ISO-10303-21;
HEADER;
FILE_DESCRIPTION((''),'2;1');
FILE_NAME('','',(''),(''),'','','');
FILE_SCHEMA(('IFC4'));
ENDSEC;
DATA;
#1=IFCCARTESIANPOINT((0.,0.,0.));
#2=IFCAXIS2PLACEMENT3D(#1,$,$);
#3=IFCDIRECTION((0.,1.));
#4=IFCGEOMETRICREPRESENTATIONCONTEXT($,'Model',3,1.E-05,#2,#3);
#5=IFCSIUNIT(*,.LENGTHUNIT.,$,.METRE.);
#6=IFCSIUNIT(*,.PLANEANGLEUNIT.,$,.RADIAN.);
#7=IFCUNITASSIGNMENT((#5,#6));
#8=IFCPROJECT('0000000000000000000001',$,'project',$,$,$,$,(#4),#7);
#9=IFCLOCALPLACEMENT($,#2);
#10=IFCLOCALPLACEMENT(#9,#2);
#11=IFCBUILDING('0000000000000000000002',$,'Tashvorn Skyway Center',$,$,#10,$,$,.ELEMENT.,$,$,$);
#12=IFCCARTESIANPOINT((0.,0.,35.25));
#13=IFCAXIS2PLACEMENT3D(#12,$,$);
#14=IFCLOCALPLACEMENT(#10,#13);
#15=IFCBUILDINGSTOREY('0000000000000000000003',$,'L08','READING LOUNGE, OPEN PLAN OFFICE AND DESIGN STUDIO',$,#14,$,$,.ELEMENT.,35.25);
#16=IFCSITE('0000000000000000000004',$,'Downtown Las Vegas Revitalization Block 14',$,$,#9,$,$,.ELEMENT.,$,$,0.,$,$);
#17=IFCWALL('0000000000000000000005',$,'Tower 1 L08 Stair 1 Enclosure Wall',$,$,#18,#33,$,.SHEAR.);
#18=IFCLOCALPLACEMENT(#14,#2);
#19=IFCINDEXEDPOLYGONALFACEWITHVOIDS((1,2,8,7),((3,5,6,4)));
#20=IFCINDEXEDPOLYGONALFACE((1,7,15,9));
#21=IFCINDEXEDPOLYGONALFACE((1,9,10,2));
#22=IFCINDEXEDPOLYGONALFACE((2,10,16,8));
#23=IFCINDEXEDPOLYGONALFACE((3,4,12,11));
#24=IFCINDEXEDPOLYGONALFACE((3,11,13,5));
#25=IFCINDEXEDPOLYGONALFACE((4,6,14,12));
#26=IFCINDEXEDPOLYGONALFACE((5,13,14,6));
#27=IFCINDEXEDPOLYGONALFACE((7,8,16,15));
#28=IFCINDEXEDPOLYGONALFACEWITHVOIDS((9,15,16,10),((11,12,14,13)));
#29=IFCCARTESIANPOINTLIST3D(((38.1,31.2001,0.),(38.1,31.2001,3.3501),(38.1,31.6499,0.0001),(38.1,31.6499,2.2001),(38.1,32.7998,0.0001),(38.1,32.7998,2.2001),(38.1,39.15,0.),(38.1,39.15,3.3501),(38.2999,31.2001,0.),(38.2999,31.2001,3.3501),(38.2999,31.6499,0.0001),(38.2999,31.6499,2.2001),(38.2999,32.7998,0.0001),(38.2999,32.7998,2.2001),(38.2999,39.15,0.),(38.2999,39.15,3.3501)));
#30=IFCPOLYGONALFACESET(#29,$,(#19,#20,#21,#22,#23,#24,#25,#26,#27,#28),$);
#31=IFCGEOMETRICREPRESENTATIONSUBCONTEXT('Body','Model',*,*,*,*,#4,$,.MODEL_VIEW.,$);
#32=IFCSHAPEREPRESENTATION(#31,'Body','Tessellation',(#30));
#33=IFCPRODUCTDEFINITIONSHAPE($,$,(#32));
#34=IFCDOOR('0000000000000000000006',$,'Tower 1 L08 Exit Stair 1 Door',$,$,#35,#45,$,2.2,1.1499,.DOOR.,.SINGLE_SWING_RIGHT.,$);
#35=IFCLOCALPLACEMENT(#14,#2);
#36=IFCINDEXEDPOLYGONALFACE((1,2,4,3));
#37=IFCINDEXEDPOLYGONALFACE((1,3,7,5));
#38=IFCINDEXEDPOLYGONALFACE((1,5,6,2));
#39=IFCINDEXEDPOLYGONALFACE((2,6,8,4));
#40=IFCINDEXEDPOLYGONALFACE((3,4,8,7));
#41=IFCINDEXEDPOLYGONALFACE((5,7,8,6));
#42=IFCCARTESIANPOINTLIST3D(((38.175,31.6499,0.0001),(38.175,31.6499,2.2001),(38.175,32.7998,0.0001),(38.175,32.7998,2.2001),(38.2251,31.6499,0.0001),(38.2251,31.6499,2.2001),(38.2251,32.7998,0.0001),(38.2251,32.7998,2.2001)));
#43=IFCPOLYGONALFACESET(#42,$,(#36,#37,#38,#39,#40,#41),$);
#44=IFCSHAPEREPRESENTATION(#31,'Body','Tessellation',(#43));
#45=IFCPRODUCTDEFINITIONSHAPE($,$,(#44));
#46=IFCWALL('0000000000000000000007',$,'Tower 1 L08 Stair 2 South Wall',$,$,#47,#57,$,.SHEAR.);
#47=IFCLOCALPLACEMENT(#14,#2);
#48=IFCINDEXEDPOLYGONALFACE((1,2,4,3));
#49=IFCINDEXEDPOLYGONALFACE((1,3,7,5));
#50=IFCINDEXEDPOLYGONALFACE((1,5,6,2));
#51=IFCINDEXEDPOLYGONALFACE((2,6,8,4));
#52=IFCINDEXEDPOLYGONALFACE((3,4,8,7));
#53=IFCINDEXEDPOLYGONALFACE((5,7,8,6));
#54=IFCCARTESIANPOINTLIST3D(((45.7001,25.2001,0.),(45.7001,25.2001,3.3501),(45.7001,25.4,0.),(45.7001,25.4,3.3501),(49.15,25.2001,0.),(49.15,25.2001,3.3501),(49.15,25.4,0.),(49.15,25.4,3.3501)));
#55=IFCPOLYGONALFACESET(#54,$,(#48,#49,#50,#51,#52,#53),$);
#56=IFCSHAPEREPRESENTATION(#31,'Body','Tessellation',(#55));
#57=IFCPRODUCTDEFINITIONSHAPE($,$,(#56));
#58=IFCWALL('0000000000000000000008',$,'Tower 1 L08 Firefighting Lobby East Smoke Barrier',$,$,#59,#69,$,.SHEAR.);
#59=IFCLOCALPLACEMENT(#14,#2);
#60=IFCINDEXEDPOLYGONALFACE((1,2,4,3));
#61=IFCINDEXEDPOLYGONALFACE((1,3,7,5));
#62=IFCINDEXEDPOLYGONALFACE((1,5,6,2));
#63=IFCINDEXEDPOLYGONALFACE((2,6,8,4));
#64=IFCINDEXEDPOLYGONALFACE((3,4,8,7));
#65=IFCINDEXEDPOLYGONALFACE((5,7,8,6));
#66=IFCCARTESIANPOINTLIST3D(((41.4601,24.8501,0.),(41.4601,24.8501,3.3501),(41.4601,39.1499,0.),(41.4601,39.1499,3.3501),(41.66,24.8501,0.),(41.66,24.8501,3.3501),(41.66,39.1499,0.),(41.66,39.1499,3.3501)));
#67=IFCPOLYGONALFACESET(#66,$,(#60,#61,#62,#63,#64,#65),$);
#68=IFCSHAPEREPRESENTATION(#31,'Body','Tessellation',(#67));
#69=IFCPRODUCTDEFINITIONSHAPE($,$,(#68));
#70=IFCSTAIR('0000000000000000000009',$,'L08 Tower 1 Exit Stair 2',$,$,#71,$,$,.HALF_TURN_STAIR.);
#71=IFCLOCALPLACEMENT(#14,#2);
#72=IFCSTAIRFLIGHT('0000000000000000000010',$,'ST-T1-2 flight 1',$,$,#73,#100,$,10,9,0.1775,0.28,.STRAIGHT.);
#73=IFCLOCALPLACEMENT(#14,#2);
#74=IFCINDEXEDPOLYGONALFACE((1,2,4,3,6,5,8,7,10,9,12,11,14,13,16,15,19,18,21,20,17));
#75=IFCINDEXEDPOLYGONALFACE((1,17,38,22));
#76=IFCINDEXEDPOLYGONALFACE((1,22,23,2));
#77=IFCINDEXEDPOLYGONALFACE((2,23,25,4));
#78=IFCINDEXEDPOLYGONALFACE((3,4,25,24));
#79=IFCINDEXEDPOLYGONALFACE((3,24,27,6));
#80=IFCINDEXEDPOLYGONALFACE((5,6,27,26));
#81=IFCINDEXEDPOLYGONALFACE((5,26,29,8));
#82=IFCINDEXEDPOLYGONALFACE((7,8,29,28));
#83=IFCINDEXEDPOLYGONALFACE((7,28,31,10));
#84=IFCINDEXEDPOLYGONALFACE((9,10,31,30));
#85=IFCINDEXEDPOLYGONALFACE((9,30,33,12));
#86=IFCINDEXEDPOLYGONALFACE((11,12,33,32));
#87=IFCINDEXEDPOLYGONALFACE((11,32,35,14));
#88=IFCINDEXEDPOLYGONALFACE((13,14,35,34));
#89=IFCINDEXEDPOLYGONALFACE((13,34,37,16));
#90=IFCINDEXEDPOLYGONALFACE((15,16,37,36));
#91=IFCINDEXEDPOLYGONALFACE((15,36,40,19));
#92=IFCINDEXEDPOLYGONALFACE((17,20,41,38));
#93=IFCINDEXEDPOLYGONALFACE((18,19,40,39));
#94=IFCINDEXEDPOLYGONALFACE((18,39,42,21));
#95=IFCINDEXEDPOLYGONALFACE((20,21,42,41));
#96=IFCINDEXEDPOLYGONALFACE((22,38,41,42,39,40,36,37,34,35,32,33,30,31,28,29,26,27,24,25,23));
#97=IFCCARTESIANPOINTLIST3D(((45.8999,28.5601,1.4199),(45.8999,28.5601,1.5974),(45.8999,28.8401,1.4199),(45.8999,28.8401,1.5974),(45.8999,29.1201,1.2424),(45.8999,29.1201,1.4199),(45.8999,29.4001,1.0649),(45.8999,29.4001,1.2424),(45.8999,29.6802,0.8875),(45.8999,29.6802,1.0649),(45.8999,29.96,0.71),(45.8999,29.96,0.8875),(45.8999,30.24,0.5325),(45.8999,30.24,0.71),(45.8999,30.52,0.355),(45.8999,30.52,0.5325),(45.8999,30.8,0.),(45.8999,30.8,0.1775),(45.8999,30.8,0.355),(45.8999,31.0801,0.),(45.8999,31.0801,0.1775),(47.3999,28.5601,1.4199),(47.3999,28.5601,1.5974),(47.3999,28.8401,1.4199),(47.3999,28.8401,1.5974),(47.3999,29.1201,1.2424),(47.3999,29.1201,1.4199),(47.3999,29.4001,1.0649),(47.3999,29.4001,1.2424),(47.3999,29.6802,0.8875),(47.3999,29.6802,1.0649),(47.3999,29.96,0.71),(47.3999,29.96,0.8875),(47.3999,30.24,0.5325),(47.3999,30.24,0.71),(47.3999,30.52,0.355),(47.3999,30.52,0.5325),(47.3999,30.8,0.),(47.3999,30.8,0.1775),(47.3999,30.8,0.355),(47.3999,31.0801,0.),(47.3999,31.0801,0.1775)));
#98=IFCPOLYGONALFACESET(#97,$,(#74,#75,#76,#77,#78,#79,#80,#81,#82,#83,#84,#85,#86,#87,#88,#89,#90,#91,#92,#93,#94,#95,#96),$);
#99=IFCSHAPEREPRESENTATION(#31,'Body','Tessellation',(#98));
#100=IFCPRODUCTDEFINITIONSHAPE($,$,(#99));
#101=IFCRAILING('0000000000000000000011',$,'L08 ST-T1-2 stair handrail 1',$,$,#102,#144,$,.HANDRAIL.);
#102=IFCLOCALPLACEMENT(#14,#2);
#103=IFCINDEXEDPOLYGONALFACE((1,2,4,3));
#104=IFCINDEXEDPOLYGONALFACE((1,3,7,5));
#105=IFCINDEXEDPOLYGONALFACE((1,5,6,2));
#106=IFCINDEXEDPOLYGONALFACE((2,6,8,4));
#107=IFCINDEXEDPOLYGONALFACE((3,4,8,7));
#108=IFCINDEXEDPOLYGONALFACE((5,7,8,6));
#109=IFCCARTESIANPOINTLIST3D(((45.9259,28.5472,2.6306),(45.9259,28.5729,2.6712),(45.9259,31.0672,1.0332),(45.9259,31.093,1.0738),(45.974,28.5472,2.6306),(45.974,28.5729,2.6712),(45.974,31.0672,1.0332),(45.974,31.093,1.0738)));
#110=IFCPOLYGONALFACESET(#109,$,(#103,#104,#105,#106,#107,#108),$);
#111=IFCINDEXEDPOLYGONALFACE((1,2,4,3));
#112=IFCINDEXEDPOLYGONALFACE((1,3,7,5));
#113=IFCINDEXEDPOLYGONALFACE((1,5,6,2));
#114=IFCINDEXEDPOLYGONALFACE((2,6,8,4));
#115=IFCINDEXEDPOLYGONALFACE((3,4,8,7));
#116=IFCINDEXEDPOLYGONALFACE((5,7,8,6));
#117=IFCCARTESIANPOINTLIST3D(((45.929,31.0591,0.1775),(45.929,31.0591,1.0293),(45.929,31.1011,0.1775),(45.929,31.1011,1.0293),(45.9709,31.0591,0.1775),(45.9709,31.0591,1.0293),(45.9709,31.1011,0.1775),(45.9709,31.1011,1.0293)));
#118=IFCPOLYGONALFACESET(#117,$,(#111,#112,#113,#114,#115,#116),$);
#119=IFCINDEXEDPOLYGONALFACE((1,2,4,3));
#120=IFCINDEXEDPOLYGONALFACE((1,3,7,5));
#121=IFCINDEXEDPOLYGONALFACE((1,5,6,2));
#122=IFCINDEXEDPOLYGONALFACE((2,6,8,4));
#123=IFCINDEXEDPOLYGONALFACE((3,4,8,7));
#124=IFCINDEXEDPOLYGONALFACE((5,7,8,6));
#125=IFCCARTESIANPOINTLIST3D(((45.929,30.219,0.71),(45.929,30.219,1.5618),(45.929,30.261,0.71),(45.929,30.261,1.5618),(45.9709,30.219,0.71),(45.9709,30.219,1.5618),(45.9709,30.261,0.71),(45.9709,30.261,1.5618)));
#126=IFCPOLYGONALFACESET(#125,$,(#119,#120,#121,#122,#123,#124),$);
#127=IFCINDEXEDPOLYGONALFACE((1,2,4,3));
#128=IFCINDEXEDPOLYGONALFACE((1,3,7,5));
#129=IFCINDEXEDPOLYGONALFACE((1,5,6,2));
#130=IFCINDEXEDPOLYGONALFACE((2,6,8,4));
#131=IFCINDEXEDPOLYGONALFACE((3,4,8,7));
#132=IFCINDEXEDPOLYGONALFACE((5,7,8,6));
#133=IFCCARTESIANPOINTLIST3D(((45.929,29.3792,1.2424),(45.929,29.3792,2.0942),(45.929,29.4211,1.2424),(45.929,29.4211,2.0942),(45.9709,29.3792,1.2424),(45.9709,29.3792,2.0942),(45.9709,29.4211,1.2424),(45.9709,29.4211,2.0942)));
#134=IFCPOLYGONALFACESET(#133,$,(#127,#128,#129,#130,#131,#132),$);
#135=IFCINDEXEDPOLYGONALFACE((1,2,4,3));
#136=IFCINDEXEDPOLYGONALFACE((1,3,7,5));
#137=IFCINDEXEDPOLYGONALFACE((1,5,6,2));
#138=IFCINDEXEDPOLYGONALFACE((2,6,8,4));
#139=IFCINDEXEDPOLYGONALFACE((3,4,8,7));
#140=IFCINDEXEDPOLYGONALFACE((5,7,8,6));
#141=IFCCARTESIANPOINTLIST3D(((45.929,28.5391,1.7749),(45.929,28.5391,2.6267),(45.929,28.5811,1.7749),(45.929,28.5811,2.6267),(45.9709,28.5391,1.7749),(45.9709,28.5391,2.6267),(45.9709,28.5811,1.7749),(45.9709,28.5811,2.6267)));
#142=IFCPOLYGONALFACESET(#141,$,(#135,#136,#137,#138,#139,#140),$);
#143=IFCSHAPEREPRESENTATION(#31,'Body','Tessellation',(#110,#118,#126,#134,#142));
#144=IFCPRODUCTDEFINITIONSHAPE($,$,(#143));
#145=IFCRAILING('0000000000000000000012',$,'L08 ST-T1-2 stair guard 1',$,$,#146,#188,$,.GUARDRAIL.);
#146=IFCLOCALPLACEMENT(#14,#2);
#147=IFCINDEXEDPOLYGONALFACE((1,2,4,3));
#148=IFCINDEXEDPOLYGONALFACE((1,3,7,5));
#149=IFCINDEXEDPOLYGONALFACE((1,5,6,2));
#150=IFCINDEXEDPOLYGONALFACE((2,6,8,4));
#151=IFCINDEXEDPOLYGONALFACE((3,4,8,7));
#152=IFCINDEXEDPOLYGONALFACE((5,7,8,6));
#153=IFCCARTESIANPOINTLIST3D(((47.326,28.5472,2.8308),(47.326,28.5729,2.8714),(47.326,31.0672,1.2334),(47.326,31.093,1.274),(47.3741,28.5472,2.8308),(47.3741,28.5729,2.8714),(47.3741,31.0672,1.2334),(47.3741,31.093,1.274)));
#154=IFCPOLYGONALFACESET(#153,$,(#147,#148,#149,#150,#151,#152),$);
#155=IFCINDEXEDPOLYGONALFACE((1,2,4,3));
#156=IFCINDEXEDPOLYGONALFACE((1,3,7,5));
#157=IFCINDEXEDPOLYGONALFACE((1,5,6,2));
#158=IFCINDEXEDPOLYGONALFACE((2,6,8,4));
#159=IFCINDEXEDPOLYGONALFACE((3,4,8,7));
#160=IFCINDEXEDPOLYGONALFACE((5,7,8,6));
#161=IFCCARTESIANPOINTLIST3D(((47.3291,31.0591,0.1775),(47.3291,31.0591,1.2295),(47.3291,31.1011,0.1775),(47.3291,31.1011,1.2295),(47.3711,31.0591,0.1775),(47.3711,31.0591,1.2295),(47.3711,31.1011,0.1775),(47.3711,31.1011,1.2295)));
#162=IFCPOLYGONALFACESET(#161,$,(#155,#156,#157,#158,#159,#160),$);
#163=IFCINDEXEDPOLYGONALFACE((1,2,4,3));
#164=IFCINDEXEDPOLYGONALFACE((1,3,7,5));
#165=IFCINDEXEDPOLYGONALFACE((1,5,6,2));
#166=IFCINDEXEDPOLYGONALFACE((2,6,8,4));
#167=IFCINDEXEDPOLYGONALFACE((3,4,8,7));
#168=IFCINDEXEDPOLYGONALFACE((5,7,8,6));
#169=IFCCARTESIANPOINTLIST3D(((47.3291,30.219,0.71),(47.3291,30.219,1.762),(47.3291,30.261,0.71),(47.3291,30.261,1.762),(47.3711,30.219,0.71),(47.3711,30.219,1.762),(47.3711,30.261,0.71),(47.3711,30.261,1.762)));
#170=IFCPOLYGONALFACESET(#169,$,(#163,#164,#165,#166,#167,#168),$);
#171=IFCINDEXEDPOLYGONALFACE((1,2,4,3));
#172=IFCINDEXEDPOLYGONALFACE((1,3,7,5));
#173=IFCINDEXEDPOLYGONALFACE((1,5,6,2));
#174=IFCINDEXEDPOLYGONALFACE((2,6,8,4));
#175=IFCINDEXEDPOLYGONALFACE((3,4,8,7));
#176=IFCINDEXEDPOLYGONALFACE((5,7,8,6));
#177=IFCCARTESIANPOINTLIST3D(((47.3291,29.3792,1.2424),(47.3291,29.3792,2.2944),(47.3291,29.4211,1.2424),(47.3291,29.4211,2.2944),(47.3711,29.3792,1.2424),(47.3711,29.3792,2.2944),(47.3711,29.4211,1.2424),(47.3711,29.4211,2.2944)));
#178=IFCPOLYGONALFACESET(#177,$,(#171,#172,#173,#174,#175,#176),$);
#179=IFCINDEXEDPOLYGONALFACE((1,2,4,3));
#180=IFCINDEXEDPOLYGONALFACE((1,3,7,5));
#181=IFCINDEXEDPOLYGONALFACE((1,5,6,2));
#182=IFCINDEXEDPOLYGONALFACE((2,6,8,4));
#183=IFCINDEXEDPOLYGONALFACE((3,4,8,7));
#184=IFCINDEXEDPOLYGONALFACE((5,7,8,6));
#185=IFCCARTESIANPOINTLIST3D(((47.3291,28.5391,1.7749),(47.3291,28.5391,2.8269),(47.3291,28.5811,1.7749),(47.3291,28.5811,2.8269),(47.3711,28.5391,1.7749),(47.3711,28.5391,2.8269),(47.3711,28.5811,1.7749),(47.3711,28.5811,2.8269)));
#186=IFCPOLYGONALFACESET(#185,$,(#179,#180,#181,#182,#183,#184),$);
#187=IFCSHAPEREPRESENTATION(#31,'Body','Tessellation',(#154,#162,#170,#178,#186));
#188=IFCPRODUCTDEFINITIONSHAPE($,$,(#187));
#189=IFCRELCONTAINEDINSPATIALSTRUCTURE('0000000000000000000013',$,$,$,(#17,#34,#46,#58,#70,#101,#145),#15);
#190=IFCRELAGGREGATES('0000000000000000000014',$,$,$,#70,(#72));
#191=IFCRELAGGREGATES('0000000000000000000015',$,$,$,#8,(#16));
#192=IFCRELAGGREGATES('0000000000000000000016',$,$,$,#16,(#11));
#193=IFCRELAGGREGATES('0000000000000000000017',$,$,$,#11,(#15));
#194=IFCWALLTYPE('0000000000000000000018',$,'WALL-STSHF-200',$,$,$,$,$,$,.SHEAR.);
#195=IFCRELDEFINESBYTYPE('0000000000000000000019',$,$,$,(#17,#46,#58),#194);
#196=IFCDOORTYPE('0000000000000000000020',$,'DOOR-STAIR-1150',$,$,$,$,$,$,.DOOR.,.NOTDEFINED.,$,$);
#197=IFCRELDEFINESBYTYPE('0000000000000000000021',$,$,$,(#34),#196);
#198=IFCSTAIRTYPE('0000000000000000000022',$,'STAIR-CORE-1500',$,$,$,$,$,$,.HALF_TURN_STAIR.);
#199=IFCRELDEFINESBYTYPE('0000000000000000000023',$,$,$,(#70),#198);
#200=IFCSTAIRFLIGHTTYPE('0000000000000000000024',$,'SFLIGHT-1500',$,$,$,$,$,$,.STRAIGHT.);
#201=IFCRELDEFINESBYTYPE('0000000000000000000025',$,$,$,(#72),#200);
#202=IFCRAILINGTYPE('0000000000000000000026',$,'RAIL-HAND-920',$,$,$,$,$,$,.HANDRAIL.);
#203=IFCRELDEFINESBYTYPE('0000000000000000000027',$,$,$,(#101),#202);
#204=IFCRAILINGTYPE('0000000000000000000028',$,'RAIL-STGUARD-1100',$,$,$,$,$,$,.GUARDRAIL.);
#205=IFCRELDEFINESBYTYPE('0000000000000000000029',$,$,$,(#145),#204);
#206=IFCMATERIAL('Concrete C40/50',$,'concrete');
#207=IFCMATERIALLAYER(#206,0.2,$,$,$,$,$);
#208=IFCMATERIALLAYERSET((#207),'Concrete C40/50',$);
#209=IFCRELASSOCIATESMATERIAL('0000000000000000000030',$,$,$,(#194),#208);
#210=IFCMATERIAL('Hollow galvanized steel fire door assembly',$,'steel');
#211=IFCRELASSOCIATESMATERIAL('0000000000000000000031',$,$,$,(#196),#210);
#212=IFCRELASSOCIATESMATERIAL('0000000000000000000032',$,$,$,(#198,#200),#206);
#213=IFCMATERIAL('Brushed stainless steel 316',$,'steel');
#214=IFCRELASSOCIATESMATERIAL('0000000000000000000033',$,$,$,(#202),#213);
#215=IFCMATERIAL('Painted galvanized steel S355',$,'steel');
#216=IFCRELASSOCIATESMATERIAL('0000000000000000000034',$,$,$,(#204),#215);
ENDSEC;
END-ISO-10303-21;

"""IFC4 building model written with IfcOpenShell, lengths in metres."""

from ifc_helpers import new_model, si_unit, direction, frame, frame_2d, origin, origin_2d, place, context, subcontext, project, spatial, polyline, rectangle, outline, extrude, material, layer, layer_set, type_object, element, fill, aggregate, save


model = new_model("IFC4")

# Units and contexts
model_context = context("Model", 3, precision=1e-05, world=origin(), true_north=direction((0.0, 1.0)))
body_context = subcontext(model_context, "Body", "Model", "MODEL_VIEW")
ifc_project = project(units=[si_unit("LENGTHUNIT", "METRE"), si_unit("PLANEANGLEUNIT", "RADIAN")], contexts=[model_context])

# Site, building, storey
site_placement = place(None, origin())
site = spatial("IfcSite", under=ifc_project, at=site_placement, Name="Downtown Las Vegas Revitalization Block 14", CompositionType="ELEMENT", RefElevation=0.0)
building_placement = place(site_placement, origin())
building = spatial("IfcBuilding", under=site, at=building_placement, Name="Tashvorn Skyway Center", CompositionType="ELEMENT")
storey_placement = place(building_placement, frame((0.0, 0.0, 35.25)))
storey = spatial("IfcBuildingStorey", under=building, at=storey_placement, Name="L08", Description="READING LOUNGE, OPEN PLAN OFFICE AND DESIGN STUDIO", CompositionType="ELEMENT", Elevation=35.25)

# Shared definitions
ifc_material_1 = material(Name="Concrete C40/50", Category="concrete")
ifc_material_2 = material(Name="Hollow galvanized steel fire door assembly", Category="steel")

# Wall, opening, door
ifc_layer_1 = layer(ifc_material_1, 0.2)
ifc_layer_set_1 = layer_set([ifc_layer_1], Name="Concrete C40/50")
wall_type_1 = type_object("IfcWallType", Name="WALL-STSHF-200", PredefinedType="SHEAR", material=ifc_layer_set_1)
wall_1_placement = place(storey_placement, frame((38.2, 31.2, 0.0), z_axis=(0.0, 0.0, 1.0), x_axis=(0.0, 1.0, 0.0)))
wall_1 = element("IfcWall", 1, at=wall_1_placement, inside=storey, type_object=wall_type_1, Name="Tower 1 L08 Stair 1 Enclosure Wall", PredefinedType="SHEAR", context=body_context, shape_type="SweptSolid", body=[
    extrude(rectangle(XDim=7.95, YDim=0.2, at=frame_2d((3.9751, 0.0))), origin(), (0.0, 0.0, 1.0), 3.3501),
])
opening_1_placement = place(wall_1_placement, frame((0.45, 0.0, 0.0)))
opening_1 = element("IfcOpeningElement", 2, at=opening_1_placement, cuts=wall_1, PredefinedType="OPENING", context=body_context, shape_type="SweptSolid", body=[
    extrude(rectangle(XDim=1.1499, YDim=2.2, at=frame_2d((0.575, 1.1001))), frame((0.0, 0.1099, 0.0), z_axis=(0.0, -1.0, 0.0), x_axis=(1.0, 0.0, 0.0)), (0.0, 0.0, 1.0), 0.22),
])
door_type_1 = type_object("IfcDoorType", Name="DOOR-STAIR-1150", OperationType="NOTDEFINED", PredefinedType="DOOR", material=ifc_material_2)
door_1_placement = place(opening_1_placement, origin())
door_1 = element("IfcDoor", 3, at=door_1_placement, inside=storey, type_object=door_type_1, Name="Tower 1 L08 Exit Stair 1 Door", OperationType="SINGLE_SWING_RIGHT", OverallHeight=2.2, OverallWidth=1.1499, PredefinedType="DOOR", context=body_context, shape_type="SweptSolid", body=[
    extrude(rectangle(XDim=1.1499, YDim=2.2, at=frame_2d((0.575, 1.1001))), frame((0.0, 0.0249, 0.0), z_axis=(0.0, -1.0, 0.0), x_axis=(1.0, 0.0, 0.0)), (0.0, 0.0, 1.0), 0.05),
])
fill(opening_1, door_1)

# Walls
wall_2_placement = place(storey_placement, frame((45.7, 25.3, 0.0), z_axis=(0.0, 0.0, 1.0), x_axis=(1.0, 0.0, 0.0)))
element("IfcWall", 4, at=wall_2_placement, inside=storey, type_object=wall_type_1, Name="Tower 1 L08 Stair 2 South Wall", PredefinedType="SHEAR", context=body_context, shape_type="SweptSolid", body=[
    extrude(rectangle(XDim=3.45, YDim=0.2, at=frame_2d((1.7251, 0.0))), origin(), (0.0, 0.0, 1.0), 3.3501),
])
wall_3_placement = place(storey_placement, frame((41.5601, 24.8501, 0.0), z_axis=(0.0, 0.0, 1.0), x_axis=(0.0, 1.0, 0.0)))
element("IfcWall", 5, at=wall_3_placement, inside=storey, type_object=wall_type_1, Name="Tower 1 L08 Firefighting Lobby East Smoke Barrier", PredefinedType="SHEAR", context=body_context, shape_type="SweptSolid", body=[
    extrude(rectangle(XDim=14.2998, YDim=0.2, at=frame_2d((7.1499, 0.0))), origin(), (0.0, 0.0, 1.0), 3.3501),
])

# Stair, stair flight
stair_type = type_object("IfcStairType", Name="STAIR-CORE-1500", PredefinedType="HALF_TURN_STAIR", material=ifc_material_1)
stair_placement = place(storey_placement, origin())
stair = element("IfcStair", 6, at=stair_placement, inside=storey, type_object=stair_type, Name="L08 Tower 1 Exit Stair 2", PredefinedType="HALF_TURN_STAIR")
stair_flight_type = type_object("IfcStairFlightType", Name="SFLIGHT-1500", PredefinedType="STRAIGHT", material=ifc_material_1)
stair_flight_placement = place(storey_placement, frame((46.6499, 31.0801, 0.0), z_axis=(0.0, 0.0, 1.0), x_axis=(0.0, -1.0, 0.0)))
stair_flight = element("IfcStairFlight", 7, at=stair_flight_placement, type_object=stair_flight_type, Name="ST-T1-2 flight 1", NumberOfRisers=10, NumberOfTreads=9, PredefinedType="STRAIGHT", RiserHeight=0.1775, TreadLength=0.28, context=body_context, shape_type="SweptSolid", body=[
    extrude(outline(polyline([(0.0, 0.0), (0.0, 0.1775), (0.28, 0.1775), (0.28, 0.355), (0.5601, 0.355), (0.5601, 0.5325), (0.8401, 0.5325), (0.8401, 0.71), (1.1201, 0.71), (1.1201, 0.8875), (1.3999, 0.8875), (1.3999, 1.0649), (1.6799, 1.0649), (1.6799, 1.2424), (1.96, 1.2424), (1.96, 1.4199), (2.24, 1.4199), (2.24, 1.5974), (2.52, 1.5974), (2.52, 1.7749), (2.52, 1.4199), (0.28, 0.0), (0.0, 0.0)])), frame((0.0, 0.75, 0.0), z_axis=(0.0, -1.0, 0.0), x_axis=(1.0, 0.0, 0.0)), (0.0, 0.0, 1.0), 1.5),
])
aggregate(stair, [stair_flight])

# Railings
ifc_material_3 = material(Name="Brushed stainless steel 316", Category="steel")
railing_type_1 = type_object("IfcRailingType", Name="RAIL-HAND-920", PredefinedType="HANDRAIL", material=ifc_material_3)
railing_1_placement = place(storey_placement, frame((45.95, 31.0801, 0.1775)))
element("IfcRailing", 8, at=railing_1_placement, inside=storey, type_object=railing_type_1, Name="L08 ST-T1-2 stair handrail 1", PredefinedType="HANDRAIL", context=body_context, shape_type="SweptSolid", body=[
    extrude(rectangle(XDim=0.0481, YDim=0.0481, at=origin_2d()), frame((0.0, 0.0, 0.876), z_axis=(0.0, -0.844607, 0.535387), x_axis=(1.0, 0.0, 0.0)), (0.0, 0.0, 1.0), 2.9836),
    extrude(rectangle(XDim=0.042, YDim=0.042, at=origin_2d()), origin(), (0.0, 0.0, 1.0), 0.8518),
    extrude(rectangle(XDim=0.042, YDim=0.042, at=origin_2d()), frame((0.0, -0.8401, 0.5325)), (0.0, 0.0, 1.0), 0.8518),
    extrude(rectangle(XDim=0.042, YDim=0.042, at=origin_2d()), frame((0.0, -1.6799, 1.0649)), (0.0, 0.0, 1.0), 0.8518),
    extrude(rectangle(XDim=0.042, YDim=0.042, at=origin_2d()), frame((0.0, -2.52, 1.5974)), (0.0, 0.0, 1.0), 0.8518),
])
ifc_material_4 = material(Name="Painted galvanized steel S355", Category="steel")
railing_type_2 = type_object("IfcRailingType", Name="RAIL-STGUARD-1100", PredefinedType="GUARDRAIL", material=ifc_material_4)
railing_2_placement = place(storey_placement, frame((47.3501, 31.0801, 0.1775)))
element("IfcRailing", 9, at=railing_2_placement, inside=storey, type_object=railing_type_2, Name="L08 ST-T1-2 stair guard 1", PredefinedType="GUARDRAIL", context=body_context, shape_type="SweptSolid", body=[
    extrude(rectangle(XDim=0.0481, YDim=0.0481, at=origin_2d()), frame((0.0, 0.0, 1.0762), z_axis=(0.0, -0.844607, 0.535387), x_axis=(1.0, 0.0, 0.0)), (0.0, 0.0, 1.0), 2.9836),
    extrude(rectangle(XDim=0.042, YDim=0.042, at=origin_2d()), origin(), (0.0, 0.0, 1.0), 1.052),
    extrude(rectangle(XDim=0.042, YDim=0.042, at=origin_2d()), frame((0.0, -0.8401, 0.5325)), (0.0, 0.0, 1.0), 1.052),
    extrude(rectangle(XDim=0.042, YDim=0.042, at=origin_2d()), frame((0.0, -1.6799, 1.0649)), (0.0, 0.0, 1.0), 1.052),
    extrude(rectangle(XDim=0.042, YDim=0.042, at=origin_2d()), frame((0.0, -2.52, 1.5974)), (0.0, 0.0, 1.0), 1.052),
])

save(model, "model.ifc")
